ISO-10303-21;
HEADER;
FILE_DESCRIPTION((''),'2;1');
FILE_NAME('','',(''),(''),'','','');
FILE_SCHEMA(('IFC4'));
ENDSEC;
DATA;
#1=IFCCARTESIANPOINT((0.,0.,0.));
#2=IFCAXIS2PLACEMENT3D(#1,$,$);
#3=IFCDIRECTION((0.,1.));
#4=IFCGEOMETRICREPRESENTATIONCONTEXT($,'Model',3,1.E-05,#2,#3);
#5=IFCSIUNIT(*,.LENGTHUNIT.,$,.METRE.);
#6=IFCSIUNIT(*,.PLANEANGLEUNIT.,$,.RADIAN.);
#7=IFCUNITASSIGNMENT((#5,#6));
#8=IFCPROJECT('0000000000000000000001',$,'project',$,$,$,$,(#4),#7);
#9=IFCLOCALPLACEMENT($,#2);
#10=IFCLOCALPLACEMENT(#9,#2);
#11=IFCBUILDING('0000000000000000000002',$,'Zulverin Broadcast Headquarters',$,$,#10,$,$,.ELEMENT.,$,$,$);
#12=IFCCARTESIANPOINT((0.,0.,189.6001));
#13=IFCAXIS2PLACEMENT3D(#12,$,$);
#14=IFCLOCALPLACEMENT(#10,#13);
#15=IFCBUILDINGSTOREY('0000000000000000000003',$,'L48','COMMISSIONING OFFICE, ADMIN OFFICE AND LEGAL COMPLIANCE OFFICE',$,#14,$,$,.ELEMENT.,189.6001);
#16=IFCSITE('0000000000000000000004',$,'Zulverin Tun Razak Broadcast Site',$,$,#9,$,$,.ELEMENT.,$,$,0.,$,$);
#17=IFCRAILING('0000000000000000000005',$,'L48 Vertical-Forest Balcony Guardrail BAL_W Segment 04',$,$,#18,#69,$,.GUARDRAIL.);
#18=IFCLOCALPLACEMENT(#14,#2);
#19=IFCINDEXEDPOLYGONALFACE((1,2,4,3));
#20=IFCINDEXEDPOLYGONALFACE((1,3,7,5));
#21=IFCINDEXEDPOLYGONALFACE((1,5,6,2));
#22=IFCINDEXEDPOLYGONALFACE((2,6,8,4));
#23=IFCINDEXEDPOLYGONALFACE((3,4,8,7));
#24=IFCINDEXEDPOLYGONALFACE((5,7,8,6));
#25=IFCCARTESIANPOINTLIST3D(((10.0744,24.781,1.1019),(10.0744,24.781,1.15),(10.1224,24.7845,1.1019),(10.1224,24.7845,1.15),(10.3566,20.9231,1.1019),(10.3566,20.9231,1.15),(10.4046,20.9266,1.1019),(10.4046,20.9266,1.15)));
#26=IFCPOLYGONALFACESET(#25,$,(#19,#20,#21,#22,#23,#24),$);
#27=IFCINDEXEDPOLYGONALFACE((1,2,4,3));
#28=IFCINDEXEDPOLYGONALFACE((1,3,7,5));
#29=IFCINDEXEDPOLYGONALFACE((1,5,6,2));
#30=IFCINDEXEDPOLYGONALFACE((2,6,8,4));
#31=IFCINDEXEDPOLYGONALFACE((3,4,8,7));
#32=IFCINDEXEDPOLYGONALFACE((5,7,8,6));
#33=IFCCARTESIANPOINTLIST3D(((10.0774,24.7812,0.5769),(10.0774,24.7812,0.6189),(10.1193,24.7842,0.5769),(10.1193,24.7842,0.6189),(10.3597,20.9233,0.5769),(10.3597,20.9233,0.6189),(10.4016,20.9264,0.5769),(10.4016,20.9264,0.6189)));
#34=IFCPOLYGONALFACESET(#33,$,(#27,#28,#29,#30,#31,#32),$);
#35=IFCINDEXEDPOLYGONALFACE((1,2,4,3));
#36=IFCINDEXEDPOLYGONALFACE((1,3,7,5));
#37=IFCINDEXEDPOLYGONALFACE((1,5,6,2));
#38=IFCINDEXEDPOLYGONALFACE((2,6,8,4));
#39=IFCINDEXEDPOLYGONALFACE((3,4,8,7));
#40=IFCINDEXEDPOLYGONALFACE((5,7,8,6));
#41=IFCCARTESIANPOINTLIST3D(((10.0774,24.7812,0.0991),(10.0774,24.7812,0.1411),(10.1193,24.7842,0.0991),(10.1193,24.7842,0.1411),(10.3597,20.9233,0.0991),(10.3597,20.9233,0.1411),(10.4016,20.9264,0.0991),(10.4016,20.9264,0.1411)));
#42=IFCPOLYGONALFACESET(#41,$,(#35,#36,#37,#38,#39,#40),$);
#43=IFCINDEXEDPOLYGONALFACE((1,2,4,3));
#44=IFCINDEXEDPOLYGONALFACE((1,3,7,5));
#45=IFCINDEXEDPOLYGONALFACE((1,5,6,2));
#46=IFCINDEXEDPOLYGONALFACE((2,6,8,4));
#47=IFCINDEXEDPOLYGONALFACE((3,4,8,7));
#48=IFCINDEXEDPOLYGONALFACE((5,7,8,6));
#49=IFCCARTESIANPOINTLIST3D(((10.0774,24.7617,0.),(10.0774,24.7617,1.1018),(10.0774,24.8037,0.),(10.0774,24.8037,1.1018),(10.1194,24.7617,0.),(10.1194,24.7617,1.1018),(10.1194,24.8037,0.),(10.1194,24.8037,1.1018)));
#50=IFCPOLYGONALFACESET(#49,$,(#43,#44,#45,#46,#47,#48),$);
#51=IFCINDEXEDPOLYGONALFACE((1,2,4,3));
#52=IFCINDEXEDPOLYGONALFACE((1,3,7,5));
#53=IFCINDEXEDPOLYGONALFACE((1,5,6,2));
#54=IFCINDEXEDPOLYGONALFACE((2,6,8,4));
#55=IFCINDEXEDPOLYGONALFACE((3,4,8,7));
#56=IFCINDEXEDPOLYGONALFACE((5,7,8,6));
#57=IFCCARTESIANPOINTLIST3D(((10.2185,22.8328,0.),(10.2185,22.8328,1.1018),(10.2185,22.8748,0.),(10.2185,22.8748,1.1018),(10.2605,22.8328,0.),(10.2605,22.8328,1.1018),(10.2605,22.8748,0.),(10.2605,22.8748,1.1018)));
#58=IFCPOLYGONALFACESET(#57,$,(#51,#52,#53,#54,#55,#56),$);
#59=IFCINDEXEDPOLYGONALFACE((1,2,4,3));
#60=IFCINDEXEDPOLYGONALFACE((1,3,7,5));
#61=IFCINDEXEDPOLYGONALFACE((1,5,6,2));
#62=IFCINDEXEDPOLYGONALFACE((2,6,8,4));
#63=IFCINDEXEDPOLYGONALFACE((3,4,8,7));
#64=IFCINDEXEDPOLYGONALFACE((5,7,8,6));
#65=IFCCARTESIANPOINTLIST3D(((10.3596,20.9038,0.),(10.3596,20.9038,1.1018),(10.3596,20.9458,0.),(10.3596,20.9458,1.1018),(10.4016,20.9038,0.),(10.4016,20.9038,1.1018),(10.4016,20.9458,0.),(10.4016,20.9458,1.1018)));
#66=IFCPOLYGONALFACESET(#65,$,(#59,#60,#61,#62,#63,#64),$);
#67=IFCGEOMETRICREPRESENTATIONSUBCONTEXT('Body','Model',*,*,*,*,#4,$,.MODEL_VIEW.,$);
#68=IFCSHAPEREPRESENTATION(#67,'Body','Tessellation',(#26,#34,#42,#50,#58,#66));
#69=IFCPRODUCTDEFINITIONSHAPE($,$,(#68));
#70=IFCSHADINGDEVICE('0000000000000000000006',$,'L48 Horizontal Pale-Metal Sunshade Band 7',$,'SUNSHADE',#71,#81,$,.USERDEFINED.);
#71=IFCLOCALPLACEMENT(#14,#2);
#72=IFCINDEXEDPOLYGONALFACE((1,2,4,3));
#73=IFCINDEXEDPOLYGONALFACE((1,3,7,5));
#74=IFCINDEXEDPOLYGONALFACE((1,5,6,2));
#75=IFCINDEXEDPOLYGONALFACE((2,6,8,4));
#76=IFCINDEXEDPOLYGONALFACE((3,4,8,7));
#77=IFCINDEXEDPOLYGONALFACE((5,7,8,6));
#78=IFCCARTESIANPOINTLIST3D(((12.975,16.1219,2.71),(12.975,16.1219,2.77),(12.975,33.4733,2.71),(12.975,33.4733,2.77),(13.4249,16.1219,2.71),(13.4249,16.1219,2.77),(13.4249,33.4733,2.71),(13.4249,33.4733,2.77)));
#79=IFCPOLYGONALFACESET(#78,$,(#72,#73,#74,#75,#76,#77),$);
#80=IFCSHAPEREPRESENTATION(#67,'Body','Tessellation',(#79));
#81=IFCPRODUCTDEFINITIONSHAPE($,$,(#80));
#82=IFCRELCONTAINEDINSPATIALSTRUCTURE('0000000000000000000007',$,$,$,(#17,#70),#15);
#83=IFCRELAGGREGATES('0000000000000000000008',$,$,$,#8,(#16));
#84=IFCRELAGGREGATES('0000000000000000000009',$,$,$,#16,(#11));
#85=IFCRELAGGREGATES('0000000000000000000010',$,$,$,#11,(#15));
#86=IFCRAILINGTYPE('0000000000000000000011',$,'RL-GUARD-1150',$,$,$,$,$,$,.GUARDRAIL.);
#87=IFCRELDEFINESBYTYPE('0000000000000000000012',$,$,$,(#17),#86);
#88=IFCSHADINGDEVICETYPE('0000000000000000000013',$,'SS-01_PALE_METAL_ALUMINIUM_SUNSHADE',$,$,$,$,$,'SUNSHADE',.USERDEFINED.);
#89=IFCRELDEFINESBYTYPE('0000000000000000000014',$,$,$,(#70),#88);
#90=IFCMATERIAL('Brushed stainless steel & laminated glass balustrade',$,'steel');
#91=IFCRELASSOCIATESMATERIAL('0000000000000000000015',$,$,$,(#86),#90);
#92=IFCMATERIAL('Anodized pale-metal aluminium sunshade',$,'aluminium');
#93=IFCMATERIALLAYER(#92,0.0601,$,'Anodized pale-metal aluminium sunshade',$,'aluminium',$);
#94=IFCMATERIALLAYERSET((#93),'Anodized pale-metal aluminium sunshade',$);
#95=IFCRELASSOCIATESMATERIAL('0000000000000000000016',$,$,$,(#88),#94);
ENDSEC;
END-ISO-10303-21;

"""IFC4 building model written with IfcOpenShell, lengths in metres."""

from ifc_helpers import new_model, si_unit, direction, frame, origin, origin_2d, place, context, subcontext, project, spatial, rectangle, extrude, material, layer, layer_set, type_object, element, save


model = new_model("IFC4")

# Units and contexts
model_context = context("Model", 3, precision=1e-05, world=origin(), true_north=direction((0.0, 1.0)))
body_context = subcontext(model_context, "Body", "Model", "MODEL_VIEW")
ifc_project = project(units=[si_unit("LENGTHUNIT", "METRE"), si_unit("PLANEANGLEUNIT", "RADIAN")], contexts=[model_context])

# Site, building, storey
site_placement = place(None, origin())
site = spatial("IfcSite", under=ifc_project, at=site_placement, Name="Zulverin Tun Razak Broadcast Site", CompositionType="ELEMENT", RefElevation=0.0)
building_placement = place(site_placement, origin())
building = spatial("IfcBuilding", under=site, at=building_placement, Name="Zulverin Broadcast Headquarters", CompositionType="ELEMENT")
storey_placement = place(building_placement, frame((0.0, 0.0, 189.6001)))
storey = spatial("IfcBuildingStorey", under=building, at=storey_placement, Name="L48", Description="COMMISSIONING OFFICE, ADMIN OFFICE AND LEGAL COMPLIANCE OFFICE", CompositionType="ELEMENT", Elevation=189.6001)

# Railing
ifc_material_1 = material(Name="Brushed stainless steel & laminated glass balustrade", Category="steel")
railing_type = type_object("IfcRailingType", Name="RL-GUARD-1150", PredefinedType="GUARDRAIL", material=ifc_material_1)
railing_1_placement = place(storey_placement, frame((10.0984, 24.7827, 0.0)))
element("IfcRailing", 1, at=railing_1_placement, inside=storey, type_object=railing_type, Name="L48 Vertical-Forest Balcony Guardrail BAL_W Segment 04", PredefinedType="GUARDRAIL", context=body_context, shape_type="SweptSolid", body=[
    extrude(rectangle(XDim=0.0481, YDim=0.0481, at=origin_2d()), frame((0.0, 0.0, 1.126), z_axis=(0.07296, -0.997335, 0.0), x_axis=(0.997335, 0.07296, 0.0)), (0.0, 0.0, 1.0), 3.8682),
    extrude(rectangle(XDim=0.042, YDim=0.042, at=origin_2d()), frame((0.0, 0.0, 0.5979), z_axis=(0.07296, -0.997335, 0.0), x_axis=(0.997335, 0.07296, 0.0)), (0.0, 0.0, 1.0), 3.8682),
    extrude(rectangle(XDim=0.042, YDim=0.042, at=origin_2d()), frame((0.0, 0.0, 0.1201), z_axis=(0.07296, -0.997335, 0.0), x_axis=(0.997335, 0.07296, 0.0)), (0.0, 0.0, 1.0), 3.8682),
    extrude(rectangle(XDim=0.042, YDim=0.042, at=origin_2d()), origin(), (0.0, 0.0, 1.0), 1.1018),
    extrude(rectangle(XDim=0.042, YDim=0.042, at=origin_2d()), frame((0.1411, -1.929, 0.0)), (0.0, 0.0, 1.0), 1.1018),
    extrude(rectangle(XDim=0.042, YDim=0.042, at=origin_2d()), frame((0.2822, -3.8579, 0.0)), (0.0, 0.0, 1.0), 1.1018),
])

# Shading device
ifc_material_2 = material(Name="Anodized pale-metal aluminium sunshade", Category="aluminium")
ifc_layer_1 = layer(ifc_material_2, 0.0601, Name="Anodized pale-metal aluminium sunshade", Category="aluminium")
ifc_layer_set_1 = layer_set([ifc_layer_1], Name="Anodized pale-metal aluminium sunshade")
shading_device_type = type_object("IfcShadingDeviceType", Name="SS-01_PALE_METAL_ALUMINIUM_SUNSHADE", ElementType="SUNSHADE", PredefinedType="USERDEFINED", material=ifc_layer_set_1)
shading_device_placement = place(storey_placement, frame((13.2, 24.7976, 2.71), z_axis=(0.0, 0.0, 1.0), x_axis=(0.0, -1.0, 0.0)))
element("IfcShadingDevice", 2, at=shading_device_placement, inside=storey, type_object=shading_device_type, Name="L48 Horizontal Pale-Metal Sunshade Band 7", ObjectType="SUNSHADE", PredefinedType="USERDEFINED", context=body_context, shape_type="SweptSolid", body=[
    extrude(rectangle(XDim=17.3513, YDim=0.45, at=origin_2d()), origin(), (0.0, 0.0, 1.0), 0.0601),
])

save(model, "model.ifc")
